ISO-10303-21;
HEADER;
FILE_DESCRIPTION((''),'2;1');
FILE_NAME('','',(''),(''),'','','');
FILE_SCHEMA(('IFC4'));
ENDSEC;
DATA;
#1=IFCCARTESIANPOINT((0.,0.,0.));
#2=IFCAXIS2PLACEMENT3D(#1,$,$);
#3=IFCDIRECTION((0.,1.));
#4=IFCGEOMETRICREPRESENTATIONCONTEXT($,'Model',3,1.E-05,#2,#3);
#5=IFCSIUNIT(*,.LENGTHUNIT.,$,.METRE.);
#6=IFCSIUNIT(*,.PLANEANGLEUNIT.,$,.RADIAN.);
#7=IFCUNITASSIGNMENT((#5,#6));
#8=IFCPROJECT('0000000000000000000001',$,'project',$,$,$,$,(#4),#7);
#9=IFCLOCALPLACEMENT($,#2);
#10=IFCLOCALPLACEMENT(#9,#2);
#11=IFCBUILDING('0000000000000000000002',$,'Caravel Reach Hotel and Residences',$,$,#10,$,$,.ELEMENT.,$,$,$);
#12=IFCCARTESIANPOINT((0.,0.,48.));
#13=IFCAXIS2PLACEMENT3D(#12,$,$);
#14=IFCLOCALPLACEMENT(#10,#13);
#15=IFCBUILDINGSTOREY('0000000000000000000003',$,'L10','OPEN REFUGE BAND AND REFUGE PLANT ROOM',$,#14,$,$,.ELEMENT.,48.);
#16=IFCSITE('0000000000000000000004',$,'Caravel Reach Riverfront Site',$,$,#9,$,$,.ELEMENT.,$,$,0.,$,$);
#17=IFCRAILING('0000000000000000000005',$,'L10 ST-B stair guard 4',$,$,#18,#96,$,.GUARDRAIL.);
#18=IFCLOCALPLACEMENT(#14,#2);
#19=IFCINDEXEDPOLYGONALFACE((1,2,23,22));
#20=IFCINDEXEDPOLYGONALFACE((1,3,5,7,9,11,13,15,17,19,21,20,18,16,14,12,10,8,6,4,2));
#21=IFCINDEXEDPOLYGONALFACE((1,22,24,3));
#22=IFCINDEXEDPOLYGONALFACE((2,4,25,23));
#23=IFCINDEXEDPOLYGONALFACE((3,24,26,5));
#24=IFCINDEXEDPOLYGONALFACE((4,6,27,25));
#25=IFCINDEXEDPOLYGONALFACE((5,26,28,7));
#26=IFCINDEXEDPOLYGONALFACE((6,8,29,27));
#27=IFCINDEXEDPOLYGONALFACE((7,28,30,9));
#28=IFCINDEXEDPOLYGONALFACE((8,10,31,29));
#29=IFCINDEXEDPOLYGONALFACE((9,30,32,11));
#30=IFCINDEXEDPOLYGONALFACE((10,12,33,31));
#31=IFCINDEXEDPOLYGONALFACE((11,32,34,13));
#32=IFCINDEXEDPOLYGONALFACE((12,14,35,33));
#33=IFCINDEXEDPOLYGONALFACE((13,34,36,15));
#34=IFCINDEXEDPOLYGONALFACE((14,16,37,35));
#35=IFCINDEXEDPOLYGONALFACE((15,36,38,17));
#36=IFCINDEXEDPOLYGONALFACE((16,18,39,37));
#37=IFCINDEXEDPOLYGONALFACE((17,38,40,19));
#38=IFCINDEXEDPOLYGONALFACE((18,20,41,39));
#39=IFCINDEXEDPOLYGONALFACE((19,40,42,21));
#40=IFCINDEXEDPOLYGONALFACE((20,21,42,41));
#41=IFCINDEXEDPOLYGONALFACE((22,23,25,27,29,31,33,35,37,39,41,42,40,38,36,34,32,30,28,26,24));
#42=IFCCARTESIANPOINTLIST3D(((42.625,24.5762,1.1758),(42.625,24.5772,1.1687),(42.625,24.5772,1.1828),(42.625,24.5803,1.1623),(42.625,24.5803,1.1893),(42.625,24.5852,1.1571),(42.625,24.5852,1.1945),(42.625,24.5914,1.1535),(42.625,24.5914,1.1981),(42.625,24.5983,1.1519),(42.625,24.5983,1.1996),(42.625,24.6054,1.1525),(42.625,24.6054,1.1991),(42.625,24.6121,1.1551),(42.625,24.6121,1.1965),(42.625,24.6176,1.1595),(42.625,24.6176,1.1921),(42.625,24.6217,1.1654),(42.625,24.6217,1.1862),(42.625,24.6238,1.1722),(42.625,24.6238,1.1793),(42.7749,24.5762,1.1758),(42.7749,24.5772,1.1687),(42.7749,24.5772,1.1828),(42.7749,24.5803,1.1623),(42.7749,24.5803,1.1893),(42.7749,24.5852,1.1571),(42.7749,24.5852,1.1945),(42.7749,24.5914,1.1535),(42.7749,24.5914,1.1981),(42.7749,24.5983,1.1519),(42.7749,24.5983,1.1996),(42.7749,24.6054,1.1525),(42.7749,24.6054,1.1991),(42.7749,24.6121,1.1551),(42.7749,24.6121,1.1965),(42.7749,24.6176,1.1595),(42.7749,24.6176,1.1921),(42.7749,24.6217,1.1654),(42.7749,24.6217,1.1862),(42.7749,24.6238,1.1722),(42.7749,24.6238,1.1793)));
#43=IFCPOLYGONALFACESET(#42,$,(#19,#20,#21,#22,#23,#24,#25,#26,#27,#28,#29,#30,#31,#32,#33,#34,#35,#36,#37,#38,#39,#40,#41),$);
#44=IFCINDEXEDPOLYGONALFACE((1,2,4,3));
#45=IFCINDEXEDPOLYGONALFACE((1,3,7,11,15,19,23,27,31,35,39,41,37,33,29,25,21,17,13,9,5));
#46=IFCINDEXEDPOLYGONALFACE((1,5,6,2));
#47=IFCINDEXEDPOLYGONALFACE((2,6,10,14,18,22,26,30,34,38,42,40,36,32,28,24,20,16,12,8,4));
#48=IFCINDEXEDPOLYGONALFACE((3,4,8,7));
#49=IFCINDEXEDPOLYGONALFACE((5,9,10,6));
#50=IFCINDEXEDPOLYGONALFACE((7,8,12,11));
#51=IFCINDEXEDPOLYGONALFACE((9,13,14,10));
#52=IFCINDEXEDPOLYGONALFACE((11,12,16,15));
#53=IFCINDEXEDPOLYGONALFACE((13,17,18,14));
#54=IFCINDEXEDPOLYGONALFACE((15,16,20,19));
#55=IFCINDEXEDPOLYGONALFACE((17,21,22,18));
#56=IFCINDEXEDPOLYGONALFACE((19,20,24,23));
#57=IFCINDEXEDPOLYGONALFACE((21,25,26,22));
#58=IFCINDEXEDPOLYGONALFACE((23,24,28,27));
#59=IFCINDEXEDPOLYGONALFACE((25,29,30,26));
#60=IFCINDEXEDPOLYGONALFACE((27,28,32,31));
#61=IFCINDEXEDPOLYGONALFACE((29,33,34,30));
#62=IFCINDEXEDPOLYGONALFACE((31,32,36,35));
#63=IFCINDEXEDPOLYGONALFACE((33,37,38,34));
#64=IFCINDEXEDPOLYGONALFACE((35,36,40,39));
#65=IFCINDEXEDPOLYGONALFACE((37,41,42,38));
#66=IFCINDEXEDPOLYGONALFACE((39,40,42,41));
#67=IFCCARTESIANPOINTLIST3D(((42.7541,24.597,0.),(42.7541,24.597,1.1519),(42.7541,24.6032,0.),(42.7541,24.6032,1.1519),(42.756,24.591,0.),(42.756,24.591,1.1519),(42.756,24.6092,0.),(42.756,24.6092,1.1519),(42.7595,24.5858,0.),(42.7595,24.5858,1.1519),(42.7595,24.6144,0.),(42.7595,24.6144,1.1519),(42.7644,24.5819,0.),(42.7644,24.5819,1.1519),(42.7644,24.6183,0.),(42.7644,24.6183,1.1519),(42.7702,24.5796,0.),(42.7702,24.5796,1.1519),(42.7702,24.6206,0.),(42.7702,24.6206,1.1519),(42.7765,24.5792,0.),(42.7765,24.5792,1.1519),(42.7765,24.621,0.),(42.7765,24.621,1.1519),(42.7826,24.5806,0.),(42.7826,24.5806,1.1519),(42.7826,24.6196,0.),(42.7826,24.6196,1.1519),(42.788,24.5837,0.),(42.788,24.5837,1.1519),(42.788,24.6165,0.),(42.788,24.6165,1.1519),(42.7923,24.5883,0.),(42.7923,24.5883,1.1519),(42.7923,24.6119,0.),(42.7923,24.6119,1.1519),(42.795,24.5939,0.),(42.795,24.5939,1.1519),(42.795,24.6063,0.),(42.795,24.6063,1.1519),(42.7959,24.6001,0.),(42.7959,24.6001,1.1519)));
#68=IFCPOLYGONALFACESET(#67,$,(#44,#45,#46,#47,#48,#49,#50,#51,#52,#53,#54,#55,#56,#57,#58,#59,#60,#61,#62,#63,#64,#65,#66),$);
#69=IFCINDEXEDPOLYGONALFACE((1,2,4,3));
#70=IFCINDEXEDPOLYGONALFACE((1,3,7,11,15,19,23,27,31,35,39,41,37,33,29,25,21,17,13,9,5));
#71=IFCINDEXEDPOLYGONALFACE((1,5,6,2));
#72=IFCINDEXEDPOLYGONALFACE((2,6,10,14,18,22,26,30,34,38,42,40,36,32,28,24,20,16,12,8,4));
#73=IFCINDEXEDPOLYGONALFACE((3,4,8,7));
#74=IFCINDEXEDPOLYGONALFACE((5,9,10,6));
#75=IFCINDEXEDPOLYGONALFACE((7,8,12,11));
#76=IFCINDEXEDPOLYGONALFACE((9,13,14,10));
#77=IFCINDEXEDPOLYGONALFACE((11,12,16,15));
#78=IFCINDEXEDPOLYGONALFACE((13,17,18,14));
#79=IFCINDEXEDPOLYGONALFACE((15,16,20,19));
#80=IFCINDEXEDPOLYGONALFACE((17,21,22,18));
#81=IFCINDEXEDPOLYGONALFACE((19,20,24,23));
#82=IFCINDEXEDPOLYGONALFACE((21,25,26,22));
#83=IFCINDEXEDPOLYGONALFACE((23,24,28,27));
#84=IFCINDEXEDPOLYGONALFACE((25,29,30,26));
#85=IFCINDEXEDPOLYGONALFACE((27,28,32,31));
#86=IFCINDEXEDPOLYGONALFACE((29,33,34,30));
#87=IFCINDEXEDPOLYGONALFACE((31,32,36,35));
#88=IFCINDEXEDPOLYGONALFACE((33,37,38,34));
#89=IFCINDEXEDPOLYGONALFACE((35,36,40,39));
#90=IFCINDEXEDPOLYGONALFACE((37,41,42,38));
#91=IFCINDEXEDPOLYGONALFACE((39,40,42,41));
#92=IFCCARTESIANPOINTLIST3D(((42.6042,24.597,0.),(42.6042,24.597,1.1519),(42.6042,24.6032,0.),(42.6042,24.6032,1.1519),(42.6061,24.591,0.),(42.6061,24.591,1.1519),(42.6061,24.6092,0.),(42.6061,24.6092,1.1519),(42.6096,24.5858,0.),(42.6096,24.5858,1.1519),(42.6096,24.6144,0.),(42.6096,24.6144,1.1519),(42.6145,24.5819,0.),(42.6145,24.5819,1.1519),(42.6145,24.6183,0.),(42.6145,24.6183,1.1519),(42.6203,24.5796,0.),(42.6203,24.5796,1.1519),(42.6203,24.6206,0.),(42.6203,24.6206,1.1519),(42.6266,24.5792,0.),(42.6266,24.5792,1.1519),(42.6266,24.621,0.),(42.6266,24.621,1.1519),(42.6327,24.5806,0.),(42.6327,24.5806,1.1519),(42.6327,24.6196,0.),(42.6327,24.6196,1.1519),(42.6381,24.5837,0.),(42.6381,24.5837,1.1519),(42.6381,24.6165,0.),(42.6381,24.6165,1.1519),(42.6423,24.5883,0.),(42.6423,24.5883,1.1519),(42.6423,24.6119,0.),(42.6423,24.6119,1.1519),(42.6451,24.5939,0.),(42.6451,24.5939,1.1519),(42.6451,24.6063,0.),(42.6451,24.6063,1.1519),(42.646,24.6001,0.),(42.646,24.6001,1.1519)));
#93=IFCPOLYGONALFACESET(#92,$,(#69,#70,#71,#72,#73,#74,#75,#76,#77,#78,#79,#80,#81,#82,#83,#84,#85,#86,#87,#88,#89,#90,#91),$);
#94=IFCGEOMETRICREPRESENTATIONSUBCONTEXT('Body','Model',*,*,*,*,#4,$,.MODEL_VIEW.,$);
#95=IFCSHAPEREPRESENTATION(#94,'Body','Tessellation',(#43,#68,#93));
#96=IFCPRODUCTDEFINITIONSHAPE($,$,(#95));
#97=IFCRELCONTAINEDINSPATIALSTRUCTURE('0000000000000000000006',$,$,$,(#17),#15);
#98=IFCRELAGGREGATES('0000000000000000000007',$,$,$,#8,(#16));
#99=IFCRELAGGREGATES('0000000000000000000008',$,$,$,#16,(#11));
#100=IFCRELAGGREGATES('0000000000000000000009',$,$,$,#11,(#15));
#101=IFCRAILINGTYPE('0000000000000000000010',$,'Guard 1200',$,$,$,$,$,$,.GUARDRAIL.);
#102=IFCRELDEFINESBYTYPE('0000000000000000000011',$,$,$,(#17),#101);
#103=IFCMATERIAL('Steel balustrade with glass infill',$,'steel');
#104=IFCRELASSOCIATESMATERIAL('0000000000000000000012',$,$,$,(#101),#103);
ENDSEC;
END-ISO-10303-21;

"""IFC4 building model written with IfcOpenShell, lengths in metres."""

from ifc_helpers import new_model, si_unit, direction, frame, origin, origin_2d, place, context, subcontext, project, spatial, circle, extrude, material, type_object, element, save


model = new_model("IFC4")

# Units and contexts
model_context = context("Model", 3, precision=1e-05, world=origin(), true_north=direction((0.0, 1.0)))
body_context = subcontext(model_context, "Body", "Model", "MODEL_VIEW")
ifc_project = project(units=[si_unit("LENGTHUNIT", "METRE"), si_unit("PLANEANGLEUNIT", "RADIAN")], contexts=[model_context])

# Site, building, storey
site_placement = place(None, origin())
site = spatial("IfcSite", under=ifc_project, at=site_placement, Name="Caravel Reach Riverfront Site", CompositionType="ELEMENT", RefElevation=0.0)
building_placement = place(site_placement, origin())
building = spatial("IfcBuilding", under=site, at=building_placement, Name="Caravel Reach Hotel and Residences", CompositionType="ELEMENT")
storey_placement = place(building_placement, frame((0.0, 0.0, 48.0)))
storey = spatial("IfcBuildingStorey", under=building, at=storey_placement, Name="L10", Description="OPEN REFUGE BAND AND REFUGE PLANT ROOM", CompositionType="ELEMENT", Elevation=48.0)

# Railing
ifc_material_1 = material(Name="Steel balustrade with glass infill", Category="steel")
railing_type_1 = type_object("IfcRailingType", Name="Guard 1200", PredefinedType="GUARDRAIL", material=ifc_material_1)
railing_1_placement = place(storey_placement, frame((42.7749, 24.6001, 0.0)))
element("IfcRailing", 1, at=railing_1_placement, inside=storey, type_object=railing_type_1, Name="L10 ST-B stair guard 4", PredefinedType="GUARDRAIL", context=body_context, shape_type="SweptSolid", body=[
    extrude(circle(Radius=0.0239, at=origin_2d()), frame((0.0, 0.0, 1.1758), z_axis=(-1.0, 0.0, 0.0), x_axis=(0.0, -1.0, 0.0)), (0.0, 0.0, 1.0), 0.1499),
    extrude(circle(Radius=0.021, at=origin_2d()), origin(), (0.0, 0.0, 1.0), 1.1519),
    extrude(circle(Radius=0.021, at=origin_2d()), frame((-0.1499, 0.0, 0.0)), (0.0, 0.0, 1.0), 1.1519),
])

save(model, "model.ifc")
